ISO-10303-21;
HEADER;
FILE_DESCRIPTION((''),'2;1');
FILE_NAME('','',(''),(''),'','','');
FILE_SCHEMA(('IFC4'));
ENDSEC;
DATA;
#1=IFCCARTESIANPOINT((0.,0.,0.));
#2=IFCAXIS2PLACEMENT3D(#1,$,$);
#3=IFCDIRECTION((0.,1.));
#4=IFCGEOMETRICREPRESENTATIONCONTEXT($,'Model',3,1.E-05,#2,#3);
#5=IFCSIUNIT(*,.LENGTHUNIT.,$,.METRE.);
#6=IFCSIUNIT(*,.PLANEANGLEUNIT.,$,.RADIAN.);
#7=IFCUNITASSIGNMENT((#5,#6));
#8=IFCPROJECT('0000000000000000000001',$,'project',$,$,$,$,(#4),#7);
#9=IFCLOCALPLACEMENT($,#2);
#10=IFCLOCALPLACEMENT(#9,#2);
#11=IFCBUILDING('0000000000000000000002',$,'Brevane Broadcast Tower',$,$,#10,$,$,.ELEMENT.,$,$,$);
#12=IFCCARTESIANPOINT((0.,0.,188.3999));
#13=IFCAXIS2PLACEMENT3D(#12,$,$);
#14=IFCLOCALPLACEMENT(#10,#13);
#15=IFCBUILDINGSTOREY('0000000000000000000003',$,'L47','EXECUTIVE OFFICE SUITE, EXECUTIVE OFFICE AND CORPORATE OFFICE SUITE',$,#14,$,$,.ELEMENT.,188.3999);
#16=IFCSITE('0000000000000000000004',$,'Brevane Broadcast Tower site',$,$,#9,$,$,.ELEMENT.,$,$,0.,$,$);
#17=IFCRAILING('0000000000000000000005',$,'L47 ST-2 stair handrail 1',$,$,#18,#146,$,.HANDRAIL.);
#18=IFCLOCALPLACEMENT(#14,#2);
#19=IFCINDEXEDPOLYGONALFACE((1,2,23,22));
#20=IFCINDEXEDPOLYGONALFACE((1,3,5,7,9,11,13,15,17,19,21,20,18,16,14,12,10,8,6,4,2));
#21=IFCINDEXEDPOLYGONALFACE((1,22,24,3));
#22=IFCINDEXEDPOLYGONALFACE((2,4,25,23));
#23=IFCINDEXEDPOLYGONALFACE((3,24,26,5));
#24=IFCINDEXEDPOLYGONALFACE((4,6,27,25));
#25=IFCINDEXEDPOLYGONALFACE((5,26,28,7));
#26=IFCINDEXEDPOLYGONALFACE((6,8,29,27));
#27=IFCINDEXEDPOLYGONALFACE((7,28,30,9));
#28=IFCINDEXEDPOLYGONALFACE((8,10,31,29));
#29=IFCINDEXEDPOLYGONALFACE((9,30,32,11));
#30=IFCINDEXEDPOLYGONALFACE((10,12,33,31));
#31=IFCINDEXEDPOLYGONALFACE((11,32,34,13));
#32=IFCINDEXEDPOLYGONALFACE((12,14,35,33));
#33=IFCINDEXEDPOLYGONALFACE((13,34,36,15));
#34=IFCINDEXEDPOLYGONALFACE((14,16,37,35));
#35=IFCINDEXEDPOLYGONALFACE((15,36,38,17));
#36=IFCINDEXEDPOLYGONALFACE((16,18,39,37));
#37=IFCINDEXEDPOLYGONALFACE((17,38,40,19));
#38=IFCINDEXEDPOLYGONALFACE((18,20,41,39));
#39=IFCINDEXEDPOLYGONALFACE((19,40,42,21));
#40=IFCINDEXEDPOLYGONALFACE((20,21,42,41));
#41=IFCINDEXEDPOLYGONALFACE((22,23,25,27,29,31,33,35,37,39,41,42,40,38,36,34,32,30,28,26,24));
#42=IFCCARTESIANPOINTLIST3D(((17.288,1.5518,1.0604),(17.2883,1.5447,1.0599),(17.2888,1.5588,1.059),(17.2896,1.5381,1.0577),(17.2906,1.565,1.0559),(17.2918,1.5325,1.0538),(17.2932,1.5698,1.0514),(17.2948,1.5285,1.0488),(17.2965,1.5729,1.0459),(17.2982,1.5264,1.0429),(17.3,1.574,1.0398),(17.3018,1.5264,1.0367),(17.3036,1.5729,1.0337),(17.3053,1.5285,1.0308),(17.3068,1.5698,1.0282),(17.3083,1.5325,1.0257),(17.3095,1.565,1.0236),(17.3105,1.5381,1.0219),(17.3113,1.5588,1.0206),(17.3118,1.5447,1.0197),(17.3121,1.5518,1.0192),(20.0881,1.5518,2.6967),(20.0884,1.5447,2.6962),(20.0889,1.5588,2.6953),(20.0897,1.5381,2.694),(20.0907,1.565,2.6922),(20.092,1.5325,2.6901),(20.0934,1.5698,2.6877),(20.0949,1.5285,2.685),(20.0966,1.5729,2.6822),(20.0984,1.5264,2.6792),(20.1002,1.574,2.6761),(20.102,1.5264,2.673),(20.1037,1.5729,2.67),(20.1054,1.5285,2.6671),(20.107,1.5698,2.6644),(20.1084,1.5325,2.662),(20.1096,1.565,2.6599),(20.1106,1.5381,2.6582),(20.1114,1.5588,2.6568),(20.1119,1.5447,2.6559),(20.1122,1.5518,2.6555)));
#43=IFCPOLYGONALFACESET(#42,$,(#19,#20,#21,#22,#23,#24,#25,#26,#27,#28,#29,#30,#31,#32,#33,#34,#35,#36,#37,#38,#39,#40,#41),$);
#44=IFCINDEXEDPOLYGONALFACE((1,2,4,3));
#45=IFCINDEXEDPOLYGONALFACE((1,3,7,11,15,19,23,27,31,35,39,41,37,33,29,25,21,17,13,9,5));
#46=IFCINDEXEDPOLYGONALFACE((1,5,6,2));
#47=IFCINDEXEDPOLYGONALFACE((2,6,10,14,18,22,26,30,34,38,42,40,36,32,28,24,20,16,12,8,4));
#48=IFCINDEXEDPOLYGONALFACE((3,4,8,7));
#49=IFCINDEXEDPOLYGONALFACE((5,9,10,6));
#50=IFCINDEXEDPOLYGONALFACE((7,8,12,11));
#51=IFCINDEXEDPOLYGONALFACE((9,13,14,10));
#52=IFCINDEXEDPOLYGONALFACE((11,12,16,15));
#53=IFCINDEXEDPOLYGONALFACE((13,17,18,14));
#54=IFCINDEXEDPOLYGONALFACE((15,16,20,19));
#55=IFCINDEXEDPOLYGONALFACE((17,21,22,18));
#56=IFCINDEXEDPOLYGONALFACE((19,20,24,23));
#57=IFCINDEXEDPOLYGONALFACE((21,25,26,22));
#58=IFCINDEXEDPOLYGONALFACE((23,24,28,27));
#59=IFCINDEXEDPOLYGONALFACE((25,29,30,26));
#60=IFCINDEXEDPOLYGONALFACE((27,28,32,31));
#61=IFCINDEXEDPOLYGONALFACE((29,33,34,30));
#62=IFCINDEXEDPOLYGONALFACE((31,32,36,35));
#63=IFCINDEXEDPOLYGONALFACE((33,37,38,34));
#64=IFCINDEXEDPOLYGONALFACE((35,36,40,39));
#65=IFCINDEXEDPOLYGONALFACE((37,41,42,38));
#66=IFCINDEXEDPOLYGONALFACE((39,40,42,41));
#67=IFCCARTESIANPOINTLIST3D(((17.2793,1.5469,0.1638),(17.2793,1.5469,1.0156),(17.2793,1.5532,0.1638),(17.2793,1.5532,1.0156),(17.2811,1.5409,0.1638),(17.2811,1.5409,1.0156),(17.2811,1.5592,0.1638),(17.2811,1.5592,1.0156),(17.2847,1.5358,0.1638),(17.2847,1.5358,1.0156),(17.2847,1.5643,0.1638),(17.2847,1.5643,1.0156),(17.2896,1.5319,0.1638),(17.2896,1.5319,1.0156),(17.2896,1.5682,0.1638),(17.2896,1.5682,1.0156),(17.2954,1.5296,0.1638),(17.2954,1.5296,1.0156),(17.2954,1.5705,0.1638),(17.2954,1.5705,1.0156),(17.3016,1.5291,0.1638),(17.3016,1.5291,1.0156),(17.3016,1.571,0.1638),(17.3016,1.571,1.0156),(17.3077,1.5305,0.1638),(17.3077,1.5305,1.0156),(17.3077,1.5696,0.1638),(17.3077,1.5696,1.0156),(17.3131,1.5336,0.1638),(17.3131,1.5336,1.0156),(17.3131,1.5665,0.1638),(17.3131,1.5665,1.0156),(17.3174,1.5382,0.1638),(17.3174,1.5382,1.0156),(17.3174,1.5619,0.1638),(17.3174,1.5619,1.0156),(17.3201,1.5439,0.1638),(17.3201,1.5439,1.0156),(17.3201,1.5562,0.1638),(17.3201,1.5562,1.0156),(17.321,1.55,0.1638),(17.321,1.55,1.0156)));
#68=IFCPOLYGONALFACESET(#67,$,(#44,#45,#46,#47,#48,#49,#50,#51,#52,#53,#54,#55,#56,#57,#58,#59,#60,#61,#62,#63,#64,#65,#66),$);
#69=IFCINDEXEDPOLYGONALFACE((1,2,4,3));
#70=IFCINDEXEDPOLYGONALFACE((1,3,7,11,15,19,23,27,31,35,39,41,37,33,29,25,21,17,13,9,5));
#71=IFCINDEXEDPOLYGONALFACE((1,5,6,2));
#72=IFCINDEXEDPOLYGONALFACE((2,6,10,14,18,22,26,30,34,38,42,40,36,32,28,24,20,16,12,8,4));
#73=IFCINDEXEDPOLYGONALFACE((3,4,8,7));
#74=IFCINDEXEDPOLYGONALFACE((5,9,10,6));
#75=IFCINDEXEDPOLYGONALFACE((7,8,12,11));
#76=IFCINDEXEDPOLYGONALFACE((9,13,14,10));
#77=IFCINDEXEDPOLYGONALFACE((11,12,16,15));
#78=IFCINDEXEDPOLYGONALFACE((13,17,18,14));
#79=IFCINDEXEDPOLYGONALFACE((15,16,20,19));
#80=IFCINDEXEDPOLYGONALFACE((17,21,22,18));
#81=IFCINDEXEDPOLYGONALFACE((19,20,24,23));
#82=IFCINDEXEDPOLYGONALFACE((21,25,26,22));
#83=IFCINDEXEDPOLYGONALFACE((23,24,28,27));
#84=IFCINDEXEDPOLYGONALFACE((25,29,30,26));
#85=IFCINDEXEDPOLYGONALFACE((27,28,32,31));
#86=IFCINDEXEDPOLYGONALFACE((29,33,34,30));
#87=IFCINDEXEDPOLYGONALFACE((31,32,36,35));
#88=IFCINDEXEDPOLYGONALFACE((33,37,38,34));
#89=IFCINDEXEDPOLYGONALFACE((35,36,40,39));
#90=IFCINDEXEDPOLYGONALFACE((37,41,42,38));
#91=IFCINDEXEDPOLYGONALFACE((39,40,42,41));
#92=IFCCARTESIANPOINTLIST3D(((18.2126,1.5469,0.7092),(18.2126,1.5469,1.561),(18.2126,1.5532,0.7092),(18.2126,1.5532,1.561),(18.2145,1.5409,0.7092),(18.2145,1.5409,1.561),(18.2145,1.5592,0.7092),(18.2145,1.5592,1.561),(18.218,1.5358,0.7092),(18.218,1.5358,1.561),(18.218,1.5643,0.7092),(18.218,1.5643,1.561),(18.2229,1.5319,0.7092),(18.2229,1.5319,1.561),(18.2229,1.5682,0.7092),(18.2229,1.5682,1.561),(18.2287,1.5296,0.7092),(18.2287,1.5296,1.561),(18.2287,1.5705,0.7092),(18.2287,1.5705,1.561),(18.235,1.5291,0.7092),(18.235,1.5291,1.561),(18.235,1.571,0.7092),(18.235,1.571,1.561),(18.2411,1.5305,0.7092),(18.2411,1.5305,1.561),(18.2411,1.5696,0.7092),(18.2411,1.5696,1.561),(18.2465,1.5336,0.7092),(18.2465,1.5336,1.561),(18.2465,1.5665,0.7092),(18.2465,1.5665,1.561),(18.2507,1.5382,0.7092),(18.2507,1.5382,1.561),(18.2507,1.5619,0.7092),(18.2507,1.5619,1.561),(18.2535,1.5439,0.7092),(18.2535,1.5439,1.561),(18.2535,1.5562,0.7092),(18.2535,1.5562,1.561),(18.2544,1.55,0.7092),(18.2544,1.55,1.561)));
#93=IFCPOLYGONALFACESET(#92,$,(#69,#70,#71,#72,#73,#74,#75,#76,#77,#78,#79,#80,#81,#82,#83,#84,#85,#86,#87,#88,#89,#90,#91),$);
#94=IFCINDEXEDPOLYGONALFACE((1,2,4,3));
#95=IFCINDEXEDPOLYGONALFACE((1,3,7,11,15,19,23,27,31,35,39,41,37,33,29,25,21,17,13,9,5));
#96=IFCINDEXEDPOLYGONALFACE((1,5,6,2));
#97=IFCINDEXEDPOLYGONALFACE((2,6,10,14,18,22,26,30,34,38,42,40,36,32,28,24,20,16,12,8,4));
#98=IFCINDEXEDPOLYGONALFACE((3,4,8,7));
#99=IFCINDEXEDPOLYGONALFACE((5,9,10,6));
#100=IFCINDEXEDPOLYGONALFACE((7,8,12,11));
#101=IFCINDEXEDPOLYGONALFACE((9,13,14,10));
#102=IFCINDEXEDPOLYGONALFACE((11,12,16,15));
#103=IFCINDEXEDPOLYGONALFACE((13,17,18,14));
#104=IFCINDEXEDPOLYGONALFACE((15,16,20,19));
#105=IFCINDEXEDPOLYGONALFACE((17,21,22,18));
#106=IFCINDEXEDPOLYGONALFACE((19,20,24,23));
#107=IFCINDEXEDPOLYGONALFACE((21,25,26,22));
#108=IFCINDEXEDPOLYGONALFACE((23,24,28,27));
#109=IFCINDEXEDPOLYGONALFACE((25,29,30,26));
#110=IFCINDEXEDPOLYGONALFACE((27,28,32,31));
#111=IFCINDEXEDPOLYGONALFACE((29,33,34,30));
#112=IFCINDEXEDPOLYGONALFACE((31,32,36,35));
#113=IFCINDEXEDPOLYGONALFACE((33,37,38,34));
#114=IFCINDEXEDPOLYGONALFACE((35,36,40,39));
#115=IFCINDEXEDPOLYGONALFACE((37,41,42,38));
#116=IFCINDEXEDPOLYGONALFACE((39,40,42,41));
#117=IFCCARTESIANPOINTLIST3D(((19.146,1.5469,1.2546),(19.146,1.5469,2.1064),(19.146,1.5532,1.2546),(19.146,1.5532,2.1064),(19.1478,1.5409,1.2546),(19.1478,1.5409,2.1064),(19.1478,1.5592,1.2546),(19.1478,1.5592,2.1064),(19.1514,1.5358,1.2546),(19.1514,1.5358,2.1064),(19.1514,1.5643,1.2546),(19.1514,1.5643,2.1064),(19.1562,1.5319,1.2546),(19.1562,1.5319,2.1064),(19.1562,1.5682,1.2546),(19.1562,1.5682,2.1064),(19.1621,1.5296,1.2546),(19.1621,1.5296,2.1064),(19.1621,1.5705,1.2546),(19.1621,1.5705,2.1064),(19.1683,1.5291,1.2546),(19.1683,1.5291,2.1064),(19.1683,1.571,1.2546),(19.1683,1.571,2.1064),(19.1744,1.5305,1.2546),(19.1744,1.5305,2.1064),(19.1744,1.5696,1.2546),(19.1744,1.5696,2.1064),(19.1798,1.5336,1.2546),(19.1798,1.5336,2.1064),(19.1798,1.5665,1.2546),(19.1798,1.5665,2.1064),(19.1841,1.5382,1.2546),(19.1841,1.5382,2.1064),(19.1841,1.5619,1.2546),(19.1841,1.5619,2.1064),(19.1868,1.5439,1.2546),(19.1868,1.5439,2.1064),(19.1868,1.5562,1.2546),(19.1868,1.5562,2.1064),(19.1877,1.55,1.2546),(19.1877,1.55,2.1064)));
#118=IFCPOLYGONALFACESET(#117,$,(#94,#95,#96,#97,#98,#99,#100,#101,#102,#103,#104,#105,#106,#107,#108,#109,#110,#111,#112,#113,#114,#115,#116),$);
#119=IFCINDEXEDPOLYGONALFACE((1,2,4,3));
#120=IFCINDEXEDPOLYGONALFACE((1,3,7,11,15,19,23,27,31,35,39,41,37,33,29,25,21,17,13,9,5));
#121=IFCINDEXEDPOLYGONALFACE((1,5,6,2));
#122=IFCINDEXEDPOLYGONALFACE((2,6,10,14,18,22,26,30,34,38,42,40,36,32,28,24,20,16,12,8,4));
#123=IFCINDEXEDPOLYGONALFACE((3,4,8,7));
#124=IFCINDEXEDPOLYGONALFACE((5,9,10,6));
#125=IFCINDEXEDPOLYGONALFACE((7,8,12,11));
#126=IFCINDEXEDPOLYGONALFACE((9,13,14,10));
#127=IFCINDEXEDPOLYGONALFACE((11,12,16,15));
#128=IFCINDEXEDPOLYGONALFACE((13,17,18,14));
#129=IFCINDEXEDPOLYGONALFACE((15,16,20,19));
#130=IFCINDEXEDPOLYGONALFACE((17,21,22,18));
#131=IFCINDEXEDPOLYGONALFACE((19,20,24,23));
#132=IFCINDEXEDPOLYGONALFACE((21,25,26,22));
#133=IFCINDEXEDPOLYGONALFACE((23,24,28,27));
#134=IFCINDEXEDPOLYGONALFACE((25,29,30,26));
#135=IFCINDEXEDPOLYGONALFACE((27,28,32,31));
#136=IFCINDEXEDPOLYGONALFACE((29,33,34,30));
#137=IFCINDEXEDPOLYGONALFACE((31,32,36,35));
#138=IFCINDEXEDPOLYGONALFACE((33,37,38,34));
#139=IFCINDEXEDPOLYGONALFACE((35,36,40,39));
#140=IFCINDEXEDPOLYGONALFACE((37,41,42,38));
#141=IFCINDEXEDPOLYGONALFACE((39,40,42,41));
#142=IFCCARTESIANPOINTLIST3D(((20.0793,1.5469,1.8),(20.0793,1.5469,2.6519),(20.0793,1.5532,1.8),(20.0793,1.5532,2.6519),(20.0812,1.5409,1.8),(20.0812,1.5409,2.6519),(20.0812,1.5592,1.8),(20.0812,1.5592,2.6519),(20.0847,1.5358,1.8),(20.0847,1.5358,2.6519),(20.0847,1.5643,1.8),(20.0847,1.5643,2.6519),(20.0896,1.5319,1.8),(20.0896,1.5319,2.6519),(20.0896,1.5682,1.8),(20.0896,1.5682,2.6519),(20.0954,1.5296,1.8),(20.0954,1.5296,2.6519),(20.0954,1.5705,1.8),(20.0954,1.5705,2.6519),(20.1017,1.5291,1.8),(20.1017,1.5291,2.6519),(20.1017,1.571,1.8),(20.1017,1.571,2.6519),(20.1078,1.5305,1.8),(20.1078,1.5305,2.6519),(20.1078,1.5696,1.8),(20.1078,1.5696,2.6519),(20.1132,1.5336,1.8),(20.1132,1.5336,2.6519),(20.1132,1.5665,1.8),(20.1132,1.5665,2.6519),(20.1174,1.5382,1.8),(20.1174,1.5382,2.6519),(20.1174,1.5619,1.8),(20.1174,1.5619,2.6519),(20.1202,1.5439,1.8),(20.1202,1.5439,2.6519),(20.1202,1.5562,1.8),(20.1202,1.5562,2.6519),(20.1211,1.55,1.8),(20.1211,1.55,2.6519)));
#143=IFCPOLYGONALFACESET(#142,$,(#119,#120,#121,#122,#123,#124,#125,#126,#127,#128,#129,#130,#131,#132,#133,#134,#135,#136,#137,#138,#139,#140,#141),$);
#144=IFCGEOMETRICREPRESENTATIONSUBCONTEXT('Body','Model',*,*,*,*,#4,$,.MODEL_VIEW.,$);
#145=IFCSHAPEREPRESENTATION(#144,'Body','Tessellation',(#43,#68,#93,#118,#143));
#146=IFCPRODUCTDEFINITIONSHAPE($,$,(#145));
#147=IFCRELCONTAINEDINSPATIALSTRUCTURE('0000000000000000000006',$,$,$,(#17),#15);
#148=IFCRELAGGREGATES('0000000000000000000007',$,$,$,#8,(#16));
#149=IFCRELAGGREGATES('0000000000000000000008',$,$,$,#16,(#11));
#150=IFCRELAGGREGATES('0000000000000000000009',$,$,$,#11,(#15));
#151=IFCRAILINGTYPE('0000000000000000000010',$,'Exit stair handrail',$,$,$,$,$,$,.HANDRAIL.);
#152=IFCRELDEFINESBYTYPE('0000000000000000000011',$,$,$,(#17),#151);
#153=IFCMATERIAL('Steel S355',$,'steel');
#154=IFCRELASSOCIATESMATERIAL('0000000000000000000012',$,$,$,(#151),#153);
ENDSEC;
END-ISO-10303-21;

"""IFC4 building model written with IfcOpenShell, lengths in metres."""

from ifc_helpers import new_model, si_unit, direction, frame, origin, origin_2d, place, context, subcontext, project, spatial, circle, extrude, material, type_object, element, save


model = new_model("IFC4")

# Units and contexts
model_context = context("Model", 3, precision=1e-05, world=origin(), true_north=direction((0.0, 1.0)))
body_context = subcontext(model_context, "Body", "Model", "MODEL_VIEW")
ifc_project = project(units=[si_unit("LENGTHUNIT", "METRE"), si_unit("PLANEANGLEUNIT", "RADIAN")], contexts=[model_context])

# Site, building, storey
site_placement = place(None, origin())
site = spatial("IfcSite", under=ifc_project, at=site_placement, Name="Brevane Broadcast Tower site", CompositionType="ELEMENT", RefElevation=0.0)
building_placement = place(site_placement, origin())
building = spatial("IfcBuilding", under=site, at=building_placement, Name="Brevane Broadcast Tower", CompositionType="ELEMENT")
storey_placement = place(building_placement, frame((0.0, 0.0, 188.3999)))
storey = spatial("IfcBuildingStorey", under=building, at=storey_placement, Name="L47", Description="EXECUTIVE OFFICE SUITE, EXECUTIVE OFFICE AND CORPORATE OFFICE SUITE", CompositionType="ELEMENT", Elevation=188.3999)

# Railing
ifc_material_1 = material(Name="Steel S355", Category="steel")
railing_type_1 = type_object("IfcRailingType", Name="Exit stair handrail", PredefinedType="HANDRAIL", material=ifc_material_1)
railing_1_placement = place(storey_placement, frame((17.3, 1.55, 0.1638)))
element("IfcRailing", 1, at=railing_1_placement, inside=storey, type_object=railing_type_1, Name="L47 ST-2 stair handrail 1", PredefinedType="HANDRAIL", context=body_context, shape_type="SweptSolid", body=[
    extrude(circle(Radius=0.0239, at=origin_2d()), frame((0.0, 0.0, 0.876), z_axis=(0.863394, 0.0, 0.504531), x_axis=(0.0, 1.0, 0.0)), (0.0, 0.0, 1.0), 3.2432),
    extrude(circle(Radius=0.021, at=origin_2d()), origin(), (0.0, 0.0, 1.0), 0.8518),
    extrude(circle(Radius=0.021, at=origin_2d()), frame((0.9333, 0.0, 0.5454)), (0.0, 0.0, 1.0), 0.8518),
    extrude(circle(Radius=0.021, at=origin_2d()), frame((1.8667, 0.0, 1.0908)), (0.0, 0.0, 1.0), 0.8518),
    extrude(circle(Radius=0.021, at=origin_2d()), frame((2.8, 0.0, 1.6362)), (0.0, 0.0, 1.0), 0.8518),
])

save(model, "model.ifc")
